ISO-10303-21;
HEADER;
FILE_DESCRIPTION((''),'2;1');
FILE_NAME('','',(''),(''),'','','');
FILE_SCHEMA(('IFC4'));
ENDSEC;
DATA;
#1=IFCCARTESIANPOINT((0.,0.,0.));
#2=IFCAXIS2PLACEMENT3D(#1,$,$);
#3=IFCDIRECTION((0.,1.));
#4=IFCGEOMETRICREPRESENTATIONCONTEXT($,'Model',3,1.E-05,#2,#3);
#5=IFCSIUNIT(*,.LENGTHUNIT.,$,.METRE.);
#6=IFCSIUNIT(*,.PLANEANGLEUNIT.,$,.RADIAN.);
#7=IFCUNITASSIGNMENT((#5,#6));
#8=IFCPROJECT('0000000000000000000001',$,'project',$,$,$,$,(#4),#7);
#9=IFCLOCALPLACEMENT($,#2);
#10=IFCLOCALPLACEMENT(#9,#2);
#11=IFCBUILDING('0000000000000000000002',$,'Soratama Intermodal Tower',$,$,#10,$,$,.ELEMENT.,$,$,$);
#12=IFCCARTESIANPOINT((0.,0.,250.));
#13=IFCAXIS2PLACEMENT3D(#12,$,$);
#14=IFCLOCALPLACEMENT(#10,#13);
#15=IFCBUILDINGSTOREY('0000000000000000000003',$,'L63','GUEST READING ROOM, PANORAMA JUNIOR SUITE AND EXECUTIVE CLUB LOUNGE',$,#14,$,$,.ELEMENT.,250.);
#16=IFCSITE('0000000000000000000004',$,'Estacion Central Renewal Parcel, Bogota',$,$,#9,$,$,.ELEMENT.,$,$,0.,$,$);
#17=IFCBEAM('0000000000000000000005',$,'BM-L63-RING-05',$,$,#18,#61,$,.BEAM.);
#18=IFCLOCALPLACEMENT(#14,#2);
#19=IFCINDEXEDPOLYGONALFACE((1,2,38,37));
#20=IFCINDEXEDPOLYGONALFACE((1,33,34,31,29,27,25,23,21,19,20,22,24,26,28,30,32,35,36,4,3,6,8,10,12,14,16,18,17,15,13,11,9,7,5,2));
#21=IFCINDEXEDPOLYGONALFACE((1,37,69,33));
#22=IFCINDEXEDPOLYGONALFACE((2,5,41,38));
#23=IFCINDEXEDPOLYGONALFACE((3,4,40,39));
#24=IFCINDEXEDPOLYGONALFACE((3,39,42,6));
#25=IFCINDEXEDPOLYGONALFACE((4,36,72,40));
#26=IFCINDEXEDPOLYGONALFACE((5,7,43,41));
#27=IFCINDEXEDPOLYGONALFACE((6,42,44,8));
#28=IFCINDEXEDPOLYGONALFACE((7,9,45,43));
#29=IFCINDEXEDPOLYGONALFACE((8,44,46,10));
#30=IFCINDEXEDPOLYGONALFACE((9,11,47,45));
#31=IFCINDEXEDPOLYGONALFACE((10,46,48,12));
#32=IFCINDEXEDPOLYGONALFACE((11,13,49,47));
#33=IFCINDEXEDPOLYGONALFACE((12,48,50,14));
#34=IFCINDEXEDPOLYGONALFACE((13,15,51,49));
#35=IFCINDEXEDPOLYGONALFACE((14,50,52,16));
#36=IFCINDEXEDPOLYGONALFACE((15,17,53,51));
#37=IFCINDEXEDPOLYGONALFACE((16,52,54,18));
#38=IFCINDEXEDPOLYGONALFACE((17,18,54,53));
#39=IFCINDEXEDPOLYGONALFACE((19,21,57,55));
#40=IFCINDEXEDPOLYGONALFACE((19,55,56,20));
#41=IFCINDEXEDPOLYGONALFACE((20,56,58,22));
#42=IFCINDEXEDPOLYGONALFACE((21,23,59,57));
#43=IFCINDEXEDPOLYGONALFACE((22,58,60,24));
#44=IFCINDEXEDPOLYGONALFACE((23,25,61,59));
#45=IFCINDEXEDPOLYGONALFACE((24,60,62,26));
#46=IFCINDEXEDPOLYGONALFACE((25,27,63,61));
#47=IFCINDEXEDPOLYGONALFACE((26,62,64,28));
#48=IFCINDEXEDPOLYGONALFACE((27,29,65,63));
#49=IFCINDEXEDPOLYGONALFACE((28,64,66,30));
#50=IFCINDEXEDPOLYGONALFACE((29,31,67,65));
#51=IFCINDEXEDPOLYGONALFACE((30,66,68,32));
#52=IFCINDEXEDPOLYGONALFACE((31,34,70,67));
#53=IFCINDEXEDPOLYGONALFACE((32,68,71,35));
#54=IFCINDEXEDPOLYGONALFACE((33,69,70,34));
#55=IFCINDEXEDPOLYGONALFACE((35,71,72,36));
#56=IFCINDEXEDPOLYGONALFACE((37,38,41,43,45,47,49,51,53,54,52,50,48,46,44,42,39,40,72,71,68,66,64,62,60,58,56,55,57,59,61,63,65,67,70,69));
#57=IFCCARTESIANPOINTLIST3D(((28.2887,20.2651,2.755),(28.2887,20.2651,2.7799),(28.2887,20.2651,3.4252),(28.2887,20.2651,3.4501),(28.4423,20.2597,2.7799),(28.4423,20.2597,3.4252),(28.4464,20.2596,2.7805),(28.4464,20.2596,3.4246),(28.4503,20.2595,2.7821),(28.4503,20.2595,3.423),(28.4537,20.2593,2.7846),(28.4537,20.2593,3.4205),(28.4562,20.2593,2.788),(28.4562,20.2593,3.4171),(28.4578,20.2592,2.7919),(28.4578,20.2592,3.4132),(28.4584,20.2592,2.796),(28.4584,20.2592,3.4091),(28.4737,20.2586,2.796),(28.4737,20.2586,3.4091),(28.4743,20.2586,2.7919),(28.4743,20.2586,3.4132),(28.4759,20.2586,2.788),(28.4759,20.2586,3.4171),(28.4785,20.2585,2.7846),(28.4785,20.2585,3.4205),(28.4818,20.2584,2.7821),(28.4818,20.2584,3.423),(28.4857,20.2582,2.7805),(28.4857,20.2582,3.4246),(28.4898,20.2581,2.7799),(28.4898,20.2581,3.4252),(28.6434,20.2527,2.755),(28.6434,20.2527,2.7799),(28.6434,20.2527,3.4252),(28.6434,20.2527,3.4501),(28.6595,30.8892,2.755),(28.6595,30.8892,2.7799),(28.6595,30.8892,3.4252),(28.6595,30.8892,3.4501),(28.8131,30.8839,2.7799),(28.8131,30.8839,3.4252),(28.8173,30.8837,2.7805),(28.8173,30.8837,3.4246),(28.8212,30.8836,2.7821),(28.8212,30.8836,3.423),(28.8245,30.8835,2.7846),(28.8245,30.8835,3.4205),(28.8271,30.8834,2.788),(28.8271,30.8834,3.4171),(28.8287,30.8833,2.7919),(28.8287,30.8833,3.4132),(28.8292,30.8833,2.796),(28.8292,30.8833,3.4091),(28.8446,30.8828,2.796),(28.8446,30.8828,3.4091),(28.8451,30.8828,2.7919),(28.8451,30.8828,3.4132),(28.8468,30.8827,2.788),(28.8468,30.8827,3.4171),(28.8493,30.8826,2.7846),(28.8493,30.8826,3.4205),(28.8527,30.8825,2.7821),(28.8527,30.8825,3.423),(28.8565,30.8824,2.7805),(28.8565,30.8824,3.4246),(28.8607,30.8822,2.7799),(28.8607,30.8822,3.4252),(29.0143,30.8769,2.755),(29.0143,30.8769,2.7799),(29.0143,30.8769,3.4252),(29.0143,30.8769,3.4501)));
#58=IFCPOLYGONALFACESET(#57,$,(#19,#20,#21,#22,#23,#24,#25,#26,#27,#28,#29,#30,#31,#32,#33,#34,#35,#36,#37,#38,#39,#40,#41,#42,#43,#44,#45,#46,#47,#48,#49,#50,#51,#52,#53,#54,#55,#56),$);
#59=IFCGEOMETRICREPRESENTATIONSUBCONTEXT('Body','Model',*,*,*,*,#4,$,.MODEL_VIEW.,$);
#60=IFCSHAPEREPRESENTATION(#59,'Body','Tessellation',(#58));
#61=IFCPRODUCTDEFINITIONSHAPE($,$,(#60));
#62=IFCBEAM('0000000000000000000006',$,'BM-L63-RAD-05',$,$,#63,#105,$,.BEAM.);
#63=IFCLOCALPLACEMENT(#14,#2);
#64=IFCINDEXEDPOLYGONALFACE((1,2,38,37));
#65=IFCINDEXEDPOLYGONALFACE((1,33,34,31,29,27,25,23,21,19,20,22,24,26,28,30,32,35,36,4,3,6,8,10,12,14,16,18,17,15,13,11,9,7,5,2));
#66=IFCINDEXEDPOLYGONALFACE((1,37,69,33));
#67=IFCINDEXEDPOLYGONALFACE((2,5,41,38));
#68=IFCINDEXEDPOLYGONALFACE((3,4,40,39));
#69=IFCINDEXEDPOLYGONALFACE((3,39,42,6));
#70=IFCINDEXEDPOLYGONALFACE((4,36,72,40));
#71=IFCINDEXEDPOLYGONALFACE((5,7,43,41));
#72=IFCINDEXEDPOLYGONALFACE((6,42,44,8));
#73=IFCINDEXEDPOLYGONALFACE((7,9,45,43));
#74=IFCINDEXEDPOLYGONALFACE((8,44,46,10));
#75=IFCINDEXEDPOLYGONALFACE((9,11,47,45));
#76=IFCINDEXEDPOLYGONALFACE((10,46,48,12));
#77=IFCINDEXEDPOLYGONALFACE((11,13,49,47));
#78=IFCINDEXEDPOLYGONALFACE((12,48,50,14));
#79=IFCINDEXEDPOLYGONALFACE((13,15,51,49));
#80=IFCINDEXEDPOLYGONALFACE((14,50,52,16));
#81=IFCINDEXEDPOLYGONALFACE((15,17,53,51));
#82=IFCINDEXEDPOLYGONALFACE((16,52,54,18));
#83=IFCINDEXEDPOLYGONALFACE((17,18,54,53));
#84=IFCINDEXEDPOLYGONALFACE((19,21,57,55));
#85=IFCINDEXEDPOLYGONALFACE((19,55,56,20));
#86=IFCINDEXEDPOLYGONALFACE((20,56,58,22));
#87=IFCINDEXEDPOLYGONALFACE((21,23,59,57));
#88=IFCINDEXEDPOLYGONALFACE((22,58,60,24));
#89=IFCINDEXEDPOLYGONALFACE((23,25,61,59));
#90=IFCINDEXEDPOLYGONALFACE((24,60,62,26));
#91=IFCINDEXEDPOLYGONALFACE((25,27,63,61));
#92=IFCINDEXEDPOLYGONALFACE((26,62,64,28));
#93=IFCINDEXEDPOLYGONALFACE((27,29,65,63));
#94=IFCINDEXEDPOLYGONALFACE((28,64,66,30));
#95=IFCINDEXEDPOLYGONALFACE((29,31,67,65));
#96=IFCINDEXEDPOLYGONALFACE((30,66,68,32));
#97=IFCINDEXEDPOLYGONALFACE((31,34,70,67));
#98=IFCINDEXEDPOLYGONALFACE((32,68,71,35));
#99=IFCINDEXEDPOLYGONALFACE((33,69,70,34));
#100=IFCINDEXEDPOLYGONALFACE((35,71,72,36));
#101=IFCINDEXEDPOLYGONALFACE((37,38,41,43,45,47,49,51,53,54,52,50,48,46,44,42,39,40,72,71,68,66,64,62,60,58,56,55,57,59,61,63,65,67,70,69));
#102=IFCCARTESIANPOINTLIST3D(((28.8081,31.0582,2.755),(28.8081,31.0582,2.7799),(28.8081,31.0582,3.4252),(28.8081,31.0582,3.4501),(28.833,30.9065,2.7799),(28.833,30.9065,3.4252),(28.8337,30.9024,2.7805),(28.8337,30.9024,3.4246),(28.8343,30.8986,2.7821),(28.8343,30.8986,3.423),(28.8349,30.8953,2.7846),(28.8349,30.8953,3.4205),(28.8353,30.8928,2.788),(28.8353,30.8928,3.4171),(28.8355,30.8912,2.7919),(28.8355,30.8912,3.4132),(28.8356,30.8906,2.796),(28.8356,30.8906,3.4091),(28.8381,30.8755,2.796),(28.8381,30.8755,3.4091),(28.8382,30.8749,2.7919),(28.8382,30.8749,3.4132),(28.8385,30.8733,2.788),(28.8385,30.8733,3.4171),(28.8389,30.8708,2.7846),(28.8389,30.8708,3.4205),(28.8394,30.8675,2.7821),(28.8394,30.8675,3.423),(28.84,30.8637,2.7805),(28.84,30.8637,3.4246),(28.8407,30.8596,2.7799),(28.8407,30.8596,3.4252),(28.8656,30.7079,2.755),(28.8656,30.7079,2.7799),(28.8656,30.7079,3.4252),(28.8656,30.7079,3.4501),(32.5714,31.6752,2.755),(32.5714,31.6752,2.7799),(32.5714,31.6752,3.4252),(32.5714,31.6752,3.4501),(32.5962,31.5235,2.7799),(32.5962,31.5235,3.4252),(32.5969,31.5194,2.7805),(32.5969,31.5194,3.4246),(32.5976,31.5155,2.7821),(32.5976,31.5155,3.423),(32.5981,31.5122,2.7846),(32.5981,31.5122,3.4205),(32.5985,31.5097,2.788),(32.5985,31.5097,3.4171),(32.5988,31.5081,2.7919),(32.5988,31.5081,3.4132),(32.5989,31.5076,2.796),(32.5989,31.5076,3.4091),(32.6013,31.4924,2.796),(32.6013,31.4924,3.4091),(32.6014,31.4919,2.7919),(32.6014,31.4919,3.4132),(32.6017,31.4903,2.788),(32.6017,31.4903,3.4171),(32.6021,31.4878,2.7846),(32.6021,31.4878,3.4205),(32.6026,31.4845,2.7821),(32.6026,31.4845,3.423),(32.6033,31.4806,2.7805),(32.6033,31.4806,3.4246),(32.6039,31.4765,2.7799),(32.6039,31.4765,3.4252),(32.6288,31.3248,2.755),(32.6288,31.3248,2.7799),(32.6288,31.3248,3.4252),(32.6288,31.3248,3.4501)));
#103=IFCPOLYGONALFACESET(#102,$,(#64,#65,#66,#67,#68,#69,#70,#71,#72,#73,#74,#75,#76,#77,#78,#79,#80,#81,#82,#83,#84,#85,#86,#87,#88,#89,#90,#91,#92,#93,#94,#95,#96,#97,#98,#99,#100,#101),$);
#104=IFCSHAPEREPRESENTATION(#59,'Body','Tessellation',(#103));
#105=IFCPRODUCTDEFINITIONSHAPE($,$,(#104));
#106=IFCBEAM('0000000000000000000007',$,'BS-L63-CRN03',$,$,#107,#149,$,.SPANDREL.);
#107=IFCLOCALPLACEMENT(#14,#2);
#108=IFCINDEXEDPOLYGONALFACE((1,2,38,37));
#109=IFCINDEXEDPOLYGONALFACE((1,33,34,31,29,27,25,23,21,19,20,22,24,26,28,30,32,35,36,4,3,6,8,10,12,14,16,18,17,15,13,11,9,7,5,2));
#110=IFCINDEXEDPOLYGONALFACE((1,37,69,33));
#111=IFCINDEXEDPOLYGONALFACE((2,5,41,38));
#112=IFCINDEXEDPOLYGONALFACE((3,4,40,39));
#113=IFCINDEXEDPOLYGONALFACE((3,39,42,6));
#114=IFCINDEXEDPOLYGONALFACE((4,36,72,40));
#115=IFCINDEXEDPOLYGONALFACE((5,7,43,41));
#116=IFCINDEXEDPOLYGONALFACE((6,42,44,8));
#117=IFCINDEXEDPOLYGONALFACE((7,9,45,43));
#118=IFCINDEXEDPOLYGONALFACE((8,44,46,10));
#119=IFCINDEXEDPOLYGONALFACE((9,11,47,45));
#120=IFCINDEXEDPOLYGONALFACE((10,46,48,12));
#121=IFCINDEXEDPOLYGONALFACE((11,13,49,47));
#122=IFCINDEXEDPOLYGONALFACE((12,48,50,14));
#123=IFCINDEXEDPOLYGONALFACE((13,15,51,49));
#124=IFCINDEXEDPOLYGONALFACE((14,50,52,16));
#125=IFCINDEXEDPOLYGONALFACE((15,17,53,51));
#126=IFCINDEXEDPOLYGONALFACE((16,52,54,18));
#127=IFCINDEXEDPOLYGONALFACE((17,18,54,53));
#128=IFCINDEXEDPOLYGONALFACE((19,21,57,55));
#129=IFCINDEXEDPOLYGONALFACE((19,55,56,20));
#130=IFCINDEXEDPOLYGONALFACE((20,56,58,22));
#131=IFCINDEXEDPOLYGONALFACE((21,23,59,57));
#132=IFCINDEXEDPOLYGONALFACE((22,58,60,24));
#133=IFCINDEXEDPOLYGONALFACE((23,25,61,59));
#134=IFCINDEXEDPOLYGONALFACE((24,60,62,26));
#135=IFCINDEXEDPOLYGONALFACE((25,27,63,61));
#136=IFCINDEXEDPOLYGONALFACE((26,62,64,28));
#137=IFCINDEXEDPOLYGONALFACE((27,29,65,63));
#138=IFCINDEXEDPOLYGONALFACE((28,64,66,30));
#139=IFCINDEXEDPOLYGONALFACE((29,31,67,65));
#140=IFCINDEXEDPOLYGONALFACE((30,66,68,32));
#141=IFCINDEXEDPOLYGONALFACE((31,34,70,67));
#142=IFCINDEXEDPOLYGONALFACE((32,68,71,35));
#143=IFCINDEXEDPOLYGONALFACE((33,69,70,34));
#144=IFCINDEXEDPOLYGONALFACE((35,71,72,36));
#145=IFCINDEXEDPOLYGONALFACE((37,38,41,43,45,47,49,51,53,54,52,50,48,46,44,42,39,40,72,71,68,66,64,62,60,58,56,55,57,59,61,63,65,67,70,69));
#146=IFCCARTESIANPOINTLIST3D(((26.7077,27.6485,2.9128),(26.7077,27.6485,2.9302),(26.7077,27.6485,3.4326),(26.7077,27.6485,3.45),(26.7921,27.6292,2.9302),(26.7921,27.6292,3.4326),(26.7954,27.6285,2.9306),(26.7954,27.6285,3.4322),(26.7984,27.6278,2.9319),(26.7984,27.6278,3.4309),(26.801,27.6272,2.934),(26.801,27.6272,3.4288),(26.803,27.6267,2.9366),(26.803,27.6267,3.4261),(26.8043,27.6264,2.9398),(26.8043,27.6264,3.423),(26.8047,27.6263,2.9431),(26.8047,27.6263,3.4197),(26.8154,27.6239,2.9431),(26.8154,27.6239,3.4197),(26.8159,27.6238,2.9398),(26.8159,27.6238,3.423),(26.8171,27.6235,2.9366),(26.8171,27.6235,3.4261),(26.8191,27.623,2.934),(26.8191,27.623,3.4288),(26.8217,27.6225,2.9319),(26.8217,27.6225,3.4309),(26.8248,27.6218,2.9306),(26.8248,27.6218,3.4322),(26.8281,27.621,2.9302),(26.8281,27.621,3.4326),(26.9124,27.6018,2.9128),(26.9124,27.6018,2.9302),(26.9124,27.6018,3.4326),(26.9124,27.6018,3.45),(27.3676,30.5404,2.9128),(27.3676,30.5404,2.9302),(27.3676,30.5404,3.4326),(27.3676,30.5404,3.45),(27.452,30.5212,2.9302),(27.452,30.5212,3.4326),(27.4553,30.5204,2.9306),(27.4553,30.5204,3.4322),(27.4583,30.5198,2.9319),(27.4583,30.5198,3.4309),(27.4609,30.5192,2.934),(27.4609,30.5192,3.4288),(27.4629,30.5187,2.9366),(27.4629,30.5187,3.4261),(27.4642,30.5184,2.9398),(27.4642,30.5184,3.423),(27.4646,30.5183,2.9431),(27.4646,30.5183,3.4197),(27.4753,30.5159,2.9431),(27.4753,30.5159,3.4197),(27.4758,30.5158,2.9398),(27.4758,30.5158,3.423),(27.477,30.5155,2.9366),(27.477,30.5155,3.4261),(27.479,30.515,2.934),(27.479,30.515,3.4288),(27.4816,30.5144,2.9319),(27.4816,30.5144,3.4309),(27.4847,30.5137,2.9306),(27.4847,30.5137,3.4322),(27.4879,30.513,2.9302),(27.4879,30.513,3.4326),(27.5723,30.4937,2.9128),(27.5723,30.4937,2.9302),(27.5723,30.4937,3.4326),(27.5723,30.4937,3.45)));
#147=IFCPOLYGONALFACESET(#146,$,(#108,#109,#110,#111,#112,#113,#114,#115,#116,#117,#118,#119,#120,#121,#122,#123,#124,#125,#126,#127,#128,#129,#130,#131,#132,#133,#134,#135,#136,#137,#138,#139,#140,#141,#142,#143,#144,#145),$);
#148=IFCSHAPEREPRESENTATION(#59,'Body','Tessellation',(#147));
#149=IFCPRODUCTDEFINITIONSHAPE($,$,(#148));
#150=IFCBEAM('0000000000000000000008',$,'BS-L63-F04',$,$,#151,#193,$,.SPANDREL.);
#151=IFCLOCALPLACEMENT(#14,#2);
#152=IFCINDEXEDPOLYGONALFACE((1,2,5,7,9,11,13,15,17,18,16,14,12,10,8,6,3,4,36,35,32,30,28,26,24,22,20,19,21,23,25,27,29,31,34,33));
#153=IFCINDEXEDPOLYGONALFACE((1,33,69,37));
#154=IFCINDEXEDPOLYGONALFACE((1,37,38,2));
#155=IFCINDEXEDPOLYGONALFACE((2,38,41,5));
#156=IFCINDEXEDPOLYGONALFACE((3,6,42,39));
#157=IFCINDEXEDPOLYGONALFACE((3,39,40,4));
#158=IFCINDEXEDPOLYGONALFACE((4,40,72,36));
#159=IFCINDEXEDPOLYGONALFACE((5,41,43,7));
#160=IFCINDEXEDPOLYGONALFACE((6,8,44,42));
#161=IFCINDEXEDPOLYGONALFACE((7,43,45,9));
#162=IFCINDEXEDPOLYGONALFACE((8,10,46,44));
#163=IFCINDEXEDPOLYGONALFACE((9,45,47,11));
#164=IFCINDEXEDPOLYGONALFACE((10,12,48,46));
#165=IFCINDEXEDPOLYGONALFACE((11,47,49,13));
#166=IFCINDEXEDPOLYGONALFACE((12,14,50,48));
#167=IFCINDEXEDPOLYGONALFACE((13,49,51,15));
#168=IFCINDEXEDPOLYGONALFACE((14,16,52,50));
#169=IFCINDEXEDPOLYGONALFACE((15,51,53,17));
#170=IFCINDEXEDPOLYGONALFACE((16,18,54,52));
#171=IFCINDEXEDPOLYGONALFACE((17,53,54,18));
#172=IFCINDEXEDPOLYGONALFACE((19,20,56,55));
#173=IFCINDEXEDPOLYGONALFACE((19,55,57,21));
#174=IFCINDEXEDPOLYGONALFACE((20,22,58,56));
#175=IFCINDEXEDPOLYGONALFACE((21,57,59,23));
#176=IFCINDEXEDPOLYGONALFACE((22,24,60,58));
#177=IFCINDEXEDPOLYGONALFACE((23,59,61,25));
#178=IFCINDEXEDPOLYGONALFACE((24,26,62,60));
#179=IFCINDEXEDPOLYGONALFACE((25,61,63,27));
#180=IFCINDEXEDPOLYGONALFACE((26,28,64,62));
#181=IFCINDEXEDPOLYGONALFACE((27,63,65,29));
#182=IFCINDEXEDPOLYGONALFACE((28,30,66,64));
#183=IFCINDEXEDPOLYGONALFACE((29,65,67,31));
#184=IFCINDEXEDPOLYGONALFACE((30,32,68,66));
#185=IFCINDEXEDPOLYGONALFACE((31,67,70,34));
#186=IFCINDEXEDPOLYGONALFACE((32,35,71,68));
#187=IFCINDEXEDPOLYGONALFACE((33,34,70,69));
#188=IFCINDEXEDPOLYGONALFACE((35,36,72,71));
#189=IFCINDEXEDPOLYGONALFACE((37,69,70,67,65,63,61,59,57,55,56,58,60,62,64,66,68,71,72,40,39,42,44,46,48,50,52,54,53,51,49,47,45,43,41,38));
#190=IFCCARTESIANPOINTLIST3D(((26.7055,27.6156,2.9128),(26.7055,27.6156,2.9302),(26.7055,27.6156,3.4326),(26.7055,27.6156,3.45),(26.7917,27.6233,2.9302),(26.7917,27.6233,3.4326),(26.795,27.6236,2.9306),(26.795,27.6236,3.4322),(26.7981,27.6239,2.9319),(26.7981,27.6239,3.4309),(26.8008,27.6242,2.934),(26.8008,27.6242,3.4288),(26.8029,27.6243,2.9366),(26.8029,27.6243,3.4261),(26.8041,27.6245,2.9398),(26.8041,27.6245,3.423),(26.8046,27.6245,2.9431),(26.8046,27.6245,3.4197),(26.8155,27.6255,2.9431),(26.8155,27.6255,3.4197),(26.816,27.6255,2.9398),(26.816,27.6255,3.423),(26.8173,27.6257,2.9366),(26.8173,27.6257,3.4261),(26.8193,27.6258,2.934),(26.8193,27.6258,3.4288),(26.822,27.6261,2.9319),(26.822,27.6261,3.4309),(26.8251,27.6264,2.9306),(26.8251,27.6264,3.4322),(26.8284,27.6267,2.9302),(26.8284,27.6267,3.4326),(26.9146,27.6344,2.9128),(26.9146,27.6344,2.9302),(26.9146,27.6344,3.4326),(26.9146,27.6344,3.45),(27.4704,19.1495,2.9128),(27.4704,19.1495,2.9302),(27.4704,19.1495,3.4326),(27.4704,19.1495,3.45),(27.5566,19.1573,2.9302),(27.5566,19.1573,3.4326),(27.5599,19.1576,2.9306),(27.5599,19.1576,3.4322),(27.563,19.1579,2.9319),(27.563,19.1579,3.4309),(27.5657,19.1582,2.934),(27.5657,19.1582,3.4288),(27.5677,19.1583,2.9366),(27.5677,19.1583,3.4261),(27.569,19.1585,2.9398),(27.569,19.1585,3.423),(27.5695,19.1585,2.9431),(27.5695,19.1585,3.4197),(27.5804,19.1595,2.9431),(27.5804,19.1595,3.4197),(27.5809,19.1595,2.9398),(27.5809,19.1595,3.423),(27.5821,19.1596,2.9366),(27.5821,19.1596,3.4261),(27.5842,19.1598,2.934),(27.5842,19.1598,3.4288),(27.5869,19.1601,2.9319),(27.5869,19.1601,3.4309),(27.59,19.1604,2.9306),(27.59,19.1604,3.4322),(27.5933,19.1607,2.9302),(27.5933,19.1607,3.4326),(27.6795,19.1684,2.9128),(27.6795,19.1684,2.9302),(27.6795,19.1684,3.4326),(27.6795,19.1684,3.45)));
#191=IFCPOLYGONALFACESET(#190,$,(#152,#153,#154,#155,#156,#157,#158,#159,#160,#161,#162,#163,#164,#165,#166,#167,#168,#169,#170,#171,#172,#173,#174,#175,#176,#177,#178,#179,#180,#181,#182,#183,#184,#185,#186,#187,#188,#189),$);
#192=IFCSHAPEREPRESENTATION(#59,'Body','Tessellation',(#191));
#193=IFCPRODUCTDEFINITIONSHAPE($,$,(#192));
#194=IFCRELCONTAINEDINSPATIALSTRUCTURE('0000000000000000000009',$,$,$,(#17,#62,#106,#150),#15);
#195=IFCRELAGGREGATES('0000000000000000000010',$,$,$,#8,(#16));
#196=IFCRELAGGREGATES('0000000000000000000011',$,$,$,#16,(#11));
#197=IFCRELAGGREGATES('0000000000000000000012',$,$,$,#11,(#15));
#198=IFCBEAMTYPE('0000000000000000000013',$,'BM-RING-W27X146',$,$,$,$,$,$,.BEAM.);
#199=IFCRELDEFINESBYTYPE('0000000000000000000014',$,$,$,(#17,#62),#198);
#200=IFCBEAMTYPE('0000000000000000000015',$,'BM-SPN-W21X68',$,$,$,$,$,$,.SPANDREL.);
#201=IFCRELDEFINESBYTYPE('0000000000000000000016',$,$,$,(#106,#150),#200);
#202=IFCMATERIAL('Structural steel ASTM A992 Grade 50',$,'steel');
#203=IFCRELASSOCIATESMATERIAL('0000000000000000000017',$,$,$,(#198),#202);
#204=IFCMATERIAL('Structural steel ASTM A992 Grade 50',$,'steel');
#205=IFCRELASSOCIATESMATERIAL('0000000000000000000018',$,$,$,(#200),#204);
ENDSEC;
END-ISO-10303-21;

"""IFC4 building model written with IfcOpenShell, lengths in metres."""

from ifc_helpers import new_model, si_unit, direction, frame, origin, origin_2d, place, context, subcontext, project, spatial, i_section, extrude, material, material_profile, profile_set, type_object, element, save


model = new_model("IFC4")

# Units and contexts
model_context = context("Model", 3, precision=1e-05, world=origin(), true_north=direction((0.0, 1.0)))
body_context = subcontext(model_context, "Body", "Model", "MODEL_VIEW")
ifc_project = project(units=[si_unit("LENGTHUNIT", "METRE"), si_unit("PLANEANGLEUNIT", "RADIAN")], contexts=[model_context])

# Site, building, storey
site_placement = place(None, origin())
site = spatial("IfcSite", under=ifc_project, at=site_placement, Name="Estacion Central Renewal Parcel, Bogota", CompositionType="ELEMENT", RefElevation=0.0)
building_placement = place(site_placement, origin())
building = spatial("IfcBuilding", under=site, at=building_placement, Name="Soratama Intermodal Tower", CompositionType="ELEMENT")
storey_placement = place(building_placement, frame((0.0, 0.0, 250.0)))
storey = spatial("IfcBuildingStorey", under=building, at=storey_placement, Name="L63", Description="GUEST READING ROOM, PANORAMA JUNIOR SUITE AND EXECUTIVE CLUB LOUNGE", CompositionType="ELEMENT", Elevation=250.0)

# Beams
ifc_material_1 = material(Name="Structural steel ASTM A992 Grade 50", Category="steel")
ifc_material_profile_1 = material_profile(ifc_material_1, i_section(OverallWidth=0.355, OverallDepth=0.6951, WebThickness=0.0154, FlangeThickness=0.0249, FilletRadius=0.0161, at=origin_2d()), Name="W27X146")
ifc_profile_set_1 = profile_set([ifc_material_profile_1], Name="Structural steel ASTM A992 Grade 50")
beam_type_1 = type_object("IfcBeamType", Name="BM-RING-W27X146", PredefinedType="BEAM", material=ifc_profile_set_1)
beam_1_placement = place(storey_placement, frame((28.8369, 30.8831, 3.1025), z_axis=(-0.034885, -0.999391, 0.0), x_axis=(0.999391, -0.034885, 0.0)))
element("IfcBeam", 1, at=beam_1_placement, inside=storey, type_object=beam_type_1, Name="BM-L63-RING-05", PredefinedType="BEAM", context=body_context, shape_type="SweptSolid", body=[
    extrude(i_section(OverallWidth=0.355, OverallDepth=0.6951, WebThickness=0.0154, FlangeThickness=0.0249, FilletRadius=0.0161, at=origin_2d()), origin(), (0.0, 0.0, 1.0), 10.6306),
])
beam_2_placement = place(storey_placement, frame((32.6001, 31.5, 3.1025), z_axis=(-0.986826, -0.161782, 0.0), x_axis=(0.161782, -0.986826, 0.0)))
element("IfcBeam", 2, at=beam_2_placement, inside=storey, type_object=beam_type_1, Name="BM-L63-RAD-05", PredefinedType="BEAM", context=body_context, shape_type="SweptSolid", body=[
    extrude(i_section(OverallWidth=0.355, OverallDepth=0.6951, WebThickness=0.0154, FlangeThickness=0.0249, FilletRadius=0.0161, at=origin_2d()), origin(), (0.0, 0.0, 1.0), 3.8135),
])
ifc_material_2 = material(Name="Structural steel ASTM A992 Grade 50", Category="steel")
ifc_material_profile_2 = material_profile(ifc_material_2, i_section(OverallWidth=0.21, OverallDepth=0.5371, WebThickness=0.011, FlangeThickness=0.0173, FilletRadius=0.0129, at=origin_2d()), Name="W21X68")
ifc_profile_set_2 = profile_set([ifc_material_profile_2], Name="Structural steel ASTM A992 Grade 50")
beam_type_2 = type_object("IfcBeamType", Name="BM-SPN-W21X68", PredefinedType="SPANDREL", material=ifc_profile_set_2)
beam_3_placement = place(storey_placement, frame((27.47, 30.5171, 3.1814), z_axis=(-0.222461, -0.974942, 0.0), x_axis=(0.974942, -0.222461, 0.0)))
element("IfcBeam", 3, at=beam_3_placement, inside=storey, type_object=beam_type_2, Name="BS-L63-CRN03", PredefinedType="SPANDREL", context=body_context, shape_type="SweptSolid", body=[
    extrude(i_section(OverallWidth=0.21, OverallDepth=0.5371, WebThickness=0.011, FlangeThickness=0.0173, FilletRadius=0.0129, at=origin_2d()), origin(), (0.0, 0.0, 1.0), 2.9663),
])
beam_4_placement = place(storey_placement, frame((26.8101, 27.625, 3.1814), z_axis=(0.089982, -0.995943, 0.0), x_axis=(0.995943, 0.089982, 0.0)))
element("IfcBeam", 4, at=beam_4_placement, inside=storey, type_object=beam_type_2, Name="BS-L63-F04", PredefinedType="SPANDREL", context=body_context, shape_type="SweptSolid", body=[
    extrude(i_section(OverallWidth=0.21, OverallDepth=0.5371, WebThickness=0.011, FlangeThickness=0.0173, FilletRadius=0.0129, at=origin_2d()), origin(), (0.0, 0.0, 1.0), 8.5005),
])

save(model, "model.ifc")
